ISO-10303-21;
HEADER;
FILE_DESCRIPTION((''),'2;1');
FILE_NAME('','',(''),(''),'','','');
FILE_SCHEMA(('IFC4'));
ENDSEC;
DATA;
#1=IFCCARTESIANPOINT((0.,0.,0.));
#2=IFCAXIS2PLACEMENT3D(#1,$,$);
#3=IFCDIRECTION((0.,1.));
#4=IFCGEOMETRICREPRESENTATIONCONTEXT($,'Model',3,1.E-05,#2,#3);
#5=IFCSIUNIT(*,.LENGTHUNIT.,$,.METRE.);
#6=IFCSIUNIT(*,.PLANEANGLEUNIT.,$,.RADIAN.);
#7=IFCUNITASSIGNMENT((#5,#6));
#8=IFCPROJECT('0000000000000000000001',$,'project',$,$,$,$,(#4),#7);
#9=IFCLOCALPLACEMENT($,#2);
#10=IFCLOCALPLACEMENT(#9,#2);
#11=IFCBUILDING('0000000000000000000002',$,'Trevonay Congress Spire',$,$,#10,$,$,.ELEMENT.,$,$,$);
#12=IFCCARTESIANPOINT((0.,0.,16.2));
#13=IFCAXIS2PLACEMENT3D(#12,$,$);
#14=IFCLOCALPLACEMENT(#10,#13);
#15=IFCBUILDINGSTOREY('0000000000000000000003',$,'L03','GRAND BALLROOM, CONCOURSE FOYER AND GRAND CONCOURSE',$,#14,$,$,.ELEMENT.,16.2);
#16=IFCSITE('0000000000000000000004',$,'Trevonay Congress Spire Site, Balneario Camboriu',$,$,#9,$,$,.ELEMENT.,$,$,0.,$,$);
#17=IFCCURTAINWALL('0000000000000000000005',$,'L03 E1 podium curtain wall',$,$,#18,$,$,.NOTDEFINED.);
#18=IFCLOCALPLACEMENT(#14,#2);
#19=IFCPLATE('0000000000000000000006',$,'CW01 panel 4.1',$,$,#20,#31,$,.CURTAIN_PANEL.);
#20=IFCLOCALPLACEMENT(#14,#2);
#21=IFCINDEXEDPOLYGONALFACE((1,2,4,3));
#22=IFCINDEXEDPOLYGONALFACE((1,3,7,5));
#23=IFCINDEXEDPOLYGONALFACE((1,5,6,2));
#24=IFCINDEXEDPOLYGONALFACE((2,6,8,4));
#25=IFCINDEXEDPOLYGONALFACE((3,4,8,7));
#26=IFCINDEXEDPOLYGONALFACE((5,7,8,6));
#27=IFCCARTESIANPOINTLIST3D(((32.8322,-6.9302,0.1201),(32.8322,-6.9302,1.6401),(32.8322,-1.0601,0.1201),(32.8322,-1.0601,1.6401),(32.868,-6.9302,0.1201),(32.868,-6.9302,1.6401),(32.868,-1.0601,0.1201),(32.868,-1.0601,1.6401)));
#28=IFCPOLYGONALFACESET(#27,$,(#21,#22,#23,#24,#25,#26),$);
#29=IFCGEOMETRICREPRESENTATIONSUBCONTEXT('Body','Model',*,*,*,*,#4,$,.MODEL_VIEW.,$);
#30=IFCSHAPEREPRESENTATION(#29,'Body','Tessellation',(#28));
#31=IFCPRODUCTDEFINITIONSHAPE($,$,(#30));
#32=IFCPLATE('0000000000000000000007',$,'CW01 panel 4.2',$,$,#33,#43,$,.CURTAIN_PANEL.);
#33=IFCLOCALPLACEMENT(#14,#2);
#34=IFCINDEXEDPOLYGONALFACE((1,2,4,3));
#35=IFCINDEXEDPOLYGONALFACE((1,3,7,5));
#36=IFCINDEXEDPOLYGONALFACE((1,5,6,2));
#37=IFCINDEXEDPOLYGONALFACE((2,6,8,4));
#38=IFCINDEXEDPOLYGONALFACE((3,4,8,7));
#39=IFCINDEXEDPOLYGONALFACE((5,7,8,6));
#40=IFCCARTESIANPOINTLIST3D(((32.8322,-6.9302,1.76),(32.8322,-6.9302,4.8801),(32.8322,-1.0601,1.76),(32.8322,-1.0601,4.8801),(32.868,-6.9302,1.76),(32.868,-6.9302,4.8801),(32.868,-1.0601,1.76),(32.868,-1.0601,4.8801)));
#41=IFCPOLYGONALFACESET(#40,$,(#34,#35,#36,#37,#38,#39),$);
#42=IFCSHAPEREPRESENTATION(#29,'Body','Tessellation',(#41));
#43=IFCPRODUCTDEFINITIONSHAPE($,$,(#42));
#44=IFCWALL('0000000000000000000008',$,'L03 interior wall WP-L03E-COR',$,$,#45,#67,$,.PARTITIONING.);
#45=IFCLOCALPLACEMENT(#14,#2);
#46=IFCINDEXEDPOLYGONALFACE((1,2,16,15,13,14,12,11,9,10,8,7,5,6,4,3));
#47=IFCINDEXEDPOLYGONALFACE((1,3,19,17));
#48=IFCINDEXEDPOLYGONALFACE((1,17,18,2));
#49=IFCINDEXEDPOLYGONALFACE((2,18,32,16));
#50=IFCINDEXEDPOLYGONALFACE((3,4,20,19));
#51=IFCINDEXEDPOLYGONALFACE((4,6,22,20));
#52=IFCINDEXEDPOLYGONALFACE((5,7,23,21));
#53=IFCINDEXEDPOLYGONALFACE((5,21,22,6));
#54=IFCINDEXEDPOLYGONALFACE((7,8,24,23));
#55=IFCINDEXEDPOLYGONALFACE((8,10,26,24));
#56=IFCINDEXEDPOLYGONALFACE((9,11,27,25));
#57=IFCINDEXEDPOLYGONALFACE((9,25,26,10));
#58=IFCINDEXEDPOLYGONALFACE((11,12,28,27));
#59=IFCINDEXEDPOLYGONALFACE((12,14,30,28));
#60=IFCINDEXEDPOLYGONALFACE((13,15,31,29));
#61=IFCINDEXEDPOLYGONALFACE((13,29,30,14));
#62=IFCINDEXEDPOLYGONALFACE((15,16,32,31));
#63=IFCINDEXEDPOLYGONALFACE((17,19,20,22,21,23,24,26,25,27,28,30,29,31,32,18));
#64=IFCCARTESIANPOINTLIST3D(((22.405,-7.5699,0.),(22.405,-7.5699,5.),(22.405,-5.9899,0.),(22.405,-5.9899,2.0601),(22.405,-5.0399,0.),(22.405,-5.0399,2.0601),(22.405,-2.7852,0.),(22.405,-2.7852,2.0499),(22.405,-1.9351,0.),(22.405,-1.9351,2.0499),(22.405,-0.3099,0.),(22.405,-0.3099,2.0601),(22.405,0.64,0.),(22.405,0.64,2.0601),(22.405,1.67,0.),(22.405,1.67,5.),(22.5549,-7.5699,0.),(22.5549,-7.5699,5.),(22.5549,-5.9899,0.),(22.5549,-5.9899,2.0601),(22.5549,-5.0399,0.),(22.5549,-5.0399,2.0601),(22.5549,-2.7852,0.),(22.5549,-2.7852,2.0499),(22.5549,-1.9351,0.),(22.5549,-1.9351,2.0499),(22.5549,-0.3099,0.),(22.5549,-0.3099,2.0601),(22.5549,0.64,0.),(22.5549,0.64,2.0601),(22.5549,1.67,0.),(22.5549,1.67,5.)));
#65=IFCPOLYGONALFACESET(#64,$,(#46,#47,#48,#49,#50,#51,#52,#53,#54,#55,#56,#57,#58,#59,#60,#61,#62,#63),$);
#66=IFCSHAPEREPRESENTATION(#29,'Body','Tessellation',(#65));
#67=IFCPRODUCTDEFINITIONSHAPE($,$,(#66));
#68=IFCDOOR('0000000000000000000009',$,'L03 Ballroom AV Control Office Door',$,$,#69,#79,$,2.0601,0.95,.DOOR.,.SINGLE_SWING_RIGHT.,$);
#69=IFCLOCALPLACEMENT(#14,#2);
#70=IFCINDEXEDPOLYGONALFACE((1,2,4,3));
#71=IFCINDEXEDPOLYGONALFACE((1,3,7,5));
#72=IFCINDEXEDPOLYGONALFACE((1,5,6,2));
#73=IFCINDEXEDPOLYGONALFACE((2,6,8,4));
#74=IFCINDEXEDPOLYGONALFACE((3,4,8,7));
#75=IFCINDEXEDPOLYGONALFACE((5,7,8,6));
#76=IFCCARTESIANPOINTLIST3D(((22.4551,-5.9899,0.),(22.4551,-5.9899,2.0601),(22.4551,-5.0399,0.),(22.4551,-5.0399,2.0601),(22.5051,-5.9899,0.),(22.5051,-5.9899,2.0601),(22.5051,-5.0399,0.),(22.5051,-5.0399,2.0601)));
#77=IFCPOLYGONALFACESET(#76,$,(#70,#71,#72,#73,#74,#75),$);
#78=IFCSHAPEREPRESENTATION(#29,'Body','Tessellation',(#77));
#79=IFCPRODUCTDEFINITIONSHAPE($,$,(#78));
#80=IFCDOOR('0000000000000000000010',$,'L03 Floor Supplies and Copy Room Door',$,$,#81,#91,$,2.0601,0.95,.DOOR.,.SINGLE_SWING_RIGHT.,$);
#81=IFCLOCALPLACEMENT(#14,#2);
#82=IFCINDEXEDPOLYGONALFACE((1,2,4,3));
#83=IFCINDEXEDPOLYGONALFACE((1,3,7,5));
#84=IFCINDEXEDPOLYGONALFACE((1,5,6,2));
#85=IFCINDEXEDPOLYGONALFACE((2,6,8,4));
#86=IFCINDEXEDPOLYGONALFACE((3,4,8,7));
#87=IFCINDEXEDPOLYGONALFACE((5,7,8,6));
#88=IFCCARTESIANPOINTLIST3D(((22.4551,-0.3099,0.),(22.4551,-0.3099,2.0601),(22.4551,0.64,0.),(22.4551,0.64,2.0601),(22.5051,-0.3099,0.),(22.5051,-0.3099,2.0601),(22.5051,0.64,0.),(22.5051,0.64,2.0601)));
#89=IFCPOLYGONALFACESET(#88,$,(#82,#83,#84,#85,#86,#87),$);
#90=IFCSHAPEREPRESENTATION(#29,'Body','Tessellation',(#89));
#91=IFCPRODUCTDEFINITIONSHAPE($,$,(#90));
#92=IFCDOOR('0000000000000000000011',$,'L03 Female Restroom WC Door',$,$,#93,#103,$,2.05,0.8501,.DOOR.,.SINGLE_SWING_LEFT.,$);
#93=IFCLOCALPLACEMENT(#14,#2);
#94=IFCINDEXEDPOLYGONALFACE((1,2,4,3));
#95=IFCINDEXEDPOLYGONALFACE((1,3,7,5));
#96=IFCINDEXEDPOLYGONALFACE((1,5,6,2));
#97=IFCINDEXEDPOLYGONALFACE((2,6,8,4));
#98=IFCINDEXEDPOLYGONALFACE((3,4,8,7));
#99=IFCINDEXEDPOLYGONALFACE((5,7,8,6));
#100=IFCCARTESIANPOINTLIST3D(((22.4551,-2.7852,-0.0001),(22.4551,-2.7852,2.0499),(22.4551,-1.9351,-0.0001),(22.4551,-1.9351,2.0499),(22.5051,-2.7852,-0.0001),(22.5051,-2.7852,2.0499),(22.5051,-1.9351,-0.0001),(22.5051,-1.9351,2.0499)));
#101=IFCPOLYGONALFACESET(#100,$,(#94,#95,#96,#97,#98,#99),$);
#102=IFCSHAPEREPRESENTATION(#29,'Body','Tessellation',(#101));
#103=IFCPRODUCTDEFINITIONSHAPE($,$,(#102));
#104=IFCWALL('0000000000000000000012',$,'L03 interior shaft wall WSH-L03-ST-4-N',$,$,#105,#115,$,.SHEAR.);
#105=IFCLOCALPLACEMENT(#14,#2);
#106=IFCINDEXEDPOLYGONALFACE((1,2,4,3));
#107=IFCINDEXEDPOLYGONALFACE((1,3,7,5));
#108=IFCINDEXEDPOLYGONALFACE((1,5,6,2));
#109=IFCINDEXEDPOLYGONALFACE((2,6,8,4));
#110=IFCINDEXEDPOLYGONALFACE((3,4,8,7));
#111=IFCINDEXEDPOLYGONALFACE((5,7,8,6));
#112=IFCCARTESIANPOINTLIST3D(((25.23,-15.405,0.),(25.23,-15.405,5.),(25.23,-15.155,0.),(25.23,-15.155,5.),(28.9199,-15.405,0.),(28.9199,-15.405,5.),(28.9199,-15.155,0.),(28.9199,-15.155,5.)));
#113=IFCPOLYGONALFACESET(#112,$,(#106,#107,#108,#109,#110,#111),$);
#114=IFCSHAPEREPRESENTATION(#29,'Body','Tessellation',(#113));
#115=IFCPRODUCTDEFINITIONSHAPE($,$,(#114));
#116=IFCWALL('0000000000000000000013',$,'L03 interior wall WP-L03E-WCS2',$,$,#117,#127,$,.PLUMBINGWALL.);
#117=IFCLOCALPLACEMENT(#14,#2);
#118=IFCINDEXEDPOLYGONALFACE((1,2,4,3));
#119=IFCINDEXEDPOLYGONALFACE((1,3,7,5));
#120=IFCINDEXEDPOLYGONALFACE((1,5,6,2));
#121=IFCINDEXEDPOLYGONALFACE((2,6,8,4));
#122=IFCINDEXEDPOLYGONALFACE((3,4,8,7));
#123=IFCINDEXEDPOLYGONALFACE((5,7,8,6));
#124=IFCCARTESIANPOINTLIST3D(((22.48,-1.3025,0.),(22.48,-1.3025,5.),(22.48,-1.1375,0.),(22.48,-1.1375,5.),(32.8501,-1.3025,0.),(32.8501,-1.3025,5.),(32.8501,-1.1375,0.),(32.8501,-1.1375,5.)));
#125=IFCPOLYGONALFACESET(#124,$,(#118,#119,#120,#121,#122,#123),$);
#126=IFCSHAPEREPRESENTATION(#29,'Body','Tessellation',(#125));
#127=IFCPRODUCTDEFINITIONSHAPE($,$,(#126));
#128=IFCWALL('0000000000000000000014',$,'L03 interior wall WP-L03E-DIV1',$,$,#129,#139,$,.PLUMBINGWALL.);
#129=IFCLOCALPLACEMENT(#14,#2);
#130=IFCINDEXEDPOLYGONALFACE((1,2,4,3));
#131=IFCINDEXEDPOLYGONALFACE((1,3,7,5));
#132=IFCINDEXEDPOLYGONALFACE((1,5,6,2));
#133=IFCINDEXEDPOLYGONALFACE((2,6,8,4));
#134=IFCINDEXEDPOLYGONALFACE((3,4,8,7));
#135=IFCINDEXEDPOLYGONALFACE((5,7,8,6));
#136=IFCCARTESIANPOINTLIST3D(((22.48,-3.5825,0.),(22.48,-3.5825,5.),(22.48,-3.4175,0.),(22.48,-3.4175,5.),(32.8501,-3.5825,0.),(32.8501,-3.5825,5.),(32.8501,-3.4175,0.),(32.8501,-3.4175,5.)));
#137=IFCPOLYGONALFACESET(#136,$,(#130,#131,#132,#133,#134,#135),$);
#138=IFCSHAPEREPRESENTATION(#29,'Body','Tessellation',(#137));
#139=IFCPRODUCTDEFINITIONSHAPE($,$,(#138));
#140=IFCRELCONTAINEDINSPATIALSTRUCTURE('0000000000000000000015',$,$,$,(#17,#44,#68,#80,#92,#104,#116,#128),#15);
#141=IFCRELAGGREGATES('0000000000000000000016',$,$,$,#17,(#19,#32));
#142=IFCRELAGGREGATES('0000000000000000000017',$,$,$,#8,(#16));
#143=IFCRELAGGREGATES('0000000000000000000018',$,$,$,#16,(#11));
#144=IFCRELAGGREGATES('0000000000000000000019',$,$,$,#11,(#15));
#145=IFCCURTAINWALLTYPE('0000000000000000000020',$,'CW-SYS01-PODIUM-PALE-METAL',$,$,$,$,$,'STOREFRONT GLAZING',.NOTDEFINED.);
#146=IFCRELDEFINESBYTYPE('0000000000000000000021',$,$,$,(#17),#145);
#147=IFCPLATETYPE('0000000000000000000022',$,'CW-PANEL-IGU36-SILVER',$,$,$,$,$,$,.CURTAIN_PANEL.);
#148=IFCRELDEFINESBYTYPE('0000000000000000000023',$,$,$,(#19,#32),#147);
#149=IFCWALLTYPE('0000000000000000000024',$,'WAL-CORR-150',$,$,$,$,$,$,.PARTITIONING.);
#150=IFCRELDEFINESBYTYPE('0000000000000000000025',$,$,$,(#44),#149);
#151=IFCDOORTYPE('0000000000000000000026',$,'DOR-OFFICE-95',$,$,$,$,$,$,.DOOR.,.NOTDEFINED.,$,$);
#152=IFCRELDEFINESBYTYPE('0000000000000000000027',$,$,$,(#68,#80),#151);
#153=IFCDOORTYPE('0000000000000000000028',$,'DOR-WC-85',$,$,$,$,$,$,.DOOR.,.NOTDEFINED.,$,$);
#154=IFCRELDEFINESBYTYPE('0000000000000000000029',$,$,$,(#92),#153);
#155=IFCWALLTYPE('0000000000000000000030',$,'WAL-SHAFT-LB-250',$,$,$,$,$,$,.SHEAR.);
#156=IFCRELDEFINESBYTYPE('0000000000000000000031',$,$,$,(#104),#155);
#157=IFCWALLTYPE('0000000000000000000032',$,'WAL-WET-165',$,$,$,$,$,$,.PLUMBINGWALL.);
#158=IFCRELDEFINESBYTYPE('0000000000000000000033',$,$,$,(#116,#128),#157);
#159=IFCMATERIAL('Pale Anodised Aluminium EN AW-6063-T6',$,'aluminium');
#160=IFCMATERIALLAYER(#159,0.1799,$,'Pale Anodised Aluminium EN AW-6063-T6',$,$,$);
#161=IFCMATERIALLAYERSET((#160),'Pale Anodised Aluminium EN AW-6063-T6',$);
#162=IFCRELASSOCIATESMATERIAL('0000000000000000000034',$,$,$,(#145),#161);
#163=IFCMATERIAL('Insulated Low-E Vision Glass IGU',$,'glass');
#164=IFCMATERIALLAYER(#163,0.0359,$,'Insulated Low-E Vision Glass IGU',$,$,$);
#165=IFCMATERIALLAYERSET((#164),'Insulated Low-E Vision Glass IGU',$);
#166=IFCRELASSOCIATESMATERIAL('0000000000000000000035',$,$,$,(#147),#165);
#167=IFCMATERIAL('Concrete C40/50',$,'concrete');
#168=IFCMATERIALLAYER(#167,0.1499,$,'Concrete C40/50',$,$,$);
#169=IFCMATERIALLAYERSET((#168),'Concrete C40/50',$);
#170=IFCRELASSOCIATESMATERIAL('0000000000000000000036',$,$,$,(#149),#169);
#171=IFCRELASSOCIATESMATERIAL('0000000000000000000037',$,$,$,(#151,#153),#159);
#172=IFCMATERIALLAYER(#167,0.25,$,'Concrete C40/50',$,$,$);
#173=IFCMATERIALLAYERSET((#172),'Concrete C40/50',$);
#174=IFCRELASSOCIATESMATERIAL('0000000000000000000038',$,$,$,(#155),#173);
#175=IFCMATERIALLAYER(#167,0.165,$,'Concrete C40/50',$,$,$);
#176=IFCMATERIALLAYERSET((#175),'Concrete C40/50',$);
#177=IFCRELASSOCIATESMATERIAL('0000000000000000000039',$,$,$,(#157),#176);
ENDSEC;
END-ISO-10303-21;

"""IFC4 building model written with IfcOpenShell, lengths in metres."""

from ifc_helpers import new_model, si_unit, direction, frame, frame_2d, origin, origin_2d, place, context, subcontext, project, spatial, rectangle, extrude, material, layer, layer_set, type_object, element, fill, aggregate, save


model = new_model("IFC4")

# Units and contexts
model_context = context("Model", 3, precision=1e-05, world=origin(), true_north=direction((0.0, 1.0)))
body_context = subcontext(model_context, "Body", "Model", "MODEL_VIEW")
ifc_project = project(units=[si_unit("LENGTHUNIT", "METRE"), si_unit("PLANEANGLEUNIT", "RADIAN")], contexts=[model_context])

# Site, building, storey
site_placement = place(None, origin())
site = spatial("IfcSite", under=ifc_project, at=site_placement, Name="Trevonay Congress Spire Site, Balneario Camboriu", CompositionType="ELEMENT", RefElevation=0.0)
building_placement = place(site_placement, origin())
building = spatial("IfcBuilding", under=site, at=building_placement, Name="Trevonay Congress Spire", CompositionType="ELEMENT")
storey_placement = place(building_placement, frame((0.0, 0.0, 16.2)))
storey = spatial("IfcBuildingStorey", under=building, at=storey_placement, Name="L03", Description="GRAND BALLROOM, CONCOURSE FOYER AND GRAND CONCOURSE", CompositionType="ELEMENT", Elevation=16.2)

# Curtain wall, plates
ifc_material_1 = material(Name="Pale Anodised Aluminium EN AW-6063-T6", Category="aluminium")
ifc_layer_1 = layer(ifc_material_1, 0.1799, Name="Pale Anodised Aluminium EN AW-6063-T6")
ifc_layer_set_1 = layer_set([ifc_layer_1], Name="Pale Anodised Aluminium EN AW-6063-T6")
curtain_wall_type = type_object("IfcCurtainWallType", Name="CW-SYS01-PODIUM-PALE-METAL", ElementType="STOREFRONT GLAZING", PredefinedType="NOTDEFINED", material=ifc_layer_set_1)
curtain_wall_placement = place(storey_placement, origin())
curtain_wall = element("IfcCurtainWall", 1, at=curtain_wall_placement, inside=storey, type_object=curtain_wall_type, Name="L03 E1 podium curtain wall", PredefinedType="NOTDEFINED")
ifc_material_2 = material(Name="Insulated Low-E Vision Glass IGU", Category="glass")
ifc_layer_2 = layer(ifc_material_2, 0.0359, Name="Insulated Low-E Vision Glass IGU")
ifc_layer_set_2 = layer_set([ifc_layer_2], Name="Insulated Low-E Vision Glass IGU")
plate_type = type_object("IfcPlateType", Name="CW-PANEL-IGU36-SILVER", PredefinedType="CURTAIN_PANEL", material=ifc_layer_set_2)
plate_1_placement = place(storey_placement, frame((32.8501, -3.9951, 0.1201), z_axis=(0.0, 0.0, 1.0), x_axis=(0.0, 1.0, 0.0)))
plate_1 = element("IfcPlate", 2, at=plate_1_placement, type_object=plate_type, Name="CW01 panel 4.1", PredefinedType="CURTAIN_PANEL", context=body_context, shape_type="SweptSolid", body=[
    extrude(rectangle(XDim=5.8701, YDim=0.0359, at=origin_2d()), origin(), (0.0, 0.0, 1.0), 1.52),
])
plate_2_placement = place(storey_placement, frame((32.8501, -3.9951, 1.76), z_axis=(0.0, 0.0, 1.0), x_axis=(0.0, 1.0, 0.0)))
plate_2 = element("IfcPlate", 3, at=plate_2_placement, type_object=plate_type, Name="CW01 panel 4.2", PredefinedType="CURTAIN_PANEL", context=body_context, shape_type="SweptSolid", body=[
    extrude(rectangle(XDim=5.8701, YDim=0.0359, at=origin_2d()), origin(), (0.0, 0.0, 1.0), 3.1201),
])
aggregate(curtain_wall, [plate_1, plate_2])

# Wall, openings, doors
ifc_material_3 = material(Name="Concrete C40/50", Category="concrete")
ifc_layer_3 = layer(ifc_material_3, 0.1499, Name="Concrete C40/50")
ifc_layer_set_3 = layer_set([ifc_layer_3], Name="Concrete C40/50")
wall_type_1 = type_object("IfcWallType", Name="WAL-CORR-150", PredefinedType="PARTITIONING", material=ifc_layer_set_3)
wall_1_placement = place(storey_placement, frame((22.48, -7.5701, 0.0), z_axis=(0.0, 0.0, 1.0), x_axis=(0.0, 1.0, 0.0)))
wall_1 = element("IfcWall", 4, at=wall_1_placement, inside=storey, type_object=wall_type_1, Name="L03 interior wall WP-L03E-COR", PredefinedType="PARTITIONING", context=body_context, shape_type="SweptSolid", body=[
    extrude(rectangle(XDim=9.24, YDim=0.1499, at=frame_2d((4.6201, 0.0))), origin(), (0.0, 0.0, 1.0), 5.0),
])
opening_1_placement = place(wall_1_placement, frame((1.5801, 0.0, 0.0)))
opening_1 = element("IfcOpeningElement", 5, at=opening_1_placement, cuts=wall_1, PredefinedType="OPENING", context=body_context, shape_type="SweptSolid", body=[
    extrude(rectangle(XDim=0.95, YDim=2.0601, at=frame_2d((0.4751, 1.03))), frame((0.0, 0.085, 0.0), z_axis=(0.0, -1.0, 0.0), x_axis=(1.0, 0.0, 0.0)), (0.0, 0.0, 1.0), 0.1699),
])
opening_2_placement = place(wall_1_placement, frame((4.7849, 0.0, 0.0)))
opening_2 = element("IfcOpeningElement", 6, at=opening_2_placement, cuts=wall_1, PredefinedType="OPENING", context=body_context, shape_type="SweptSolid", body=[
    extrude(rectangle(XDim=0.8501, YDim=2.05, at=frame_2d((0.425, 1.0249))), frame((0.0, 0.085, 0.0), z_axis=(0.0, -1.0, 0.0), x_axis=(1.0, 0.0, 0.0)), (0.0, 0.0, 1.0), 0.1699),
])
opening_3_placement = place(wall_1_placement, frame((7.26, 0.0, 0.0)))
opening_3 = element("IfcOpeningElement", 7, at=opening_3_placement, cuts=wall_1, PredefinedType="OPENING", context=body_context, shape_type="SweptSolid", body=[
    extrude(rectangle(XDim=0.95, YDim=2.0601, at=frame_2d((0.4751, 1.03))), frame((0.0, 0.085, 0.0), z_axis=(0.0, -1.0, 0.0), x_axis=(1.0, 0.0, 0.0)), (0.0, 0.0, 1.0), 0.1699),
])
door_type_1 = type_object("IfcDoorType", Name="DOR-OFFICE-95", OperationType="NOTDEFINED", PredefinedType="DOOR", material=ifc_material_1)
door_1_placement = place(opening_1_placement, origin())
door_1 = element("IfcDoor", 8, at=door_1_placement, inside=storey, type_object=door_type_1, Name="L03 Ballroom AV Control Office Door", OperationType="SINGLE_SWING_RIGHT", OverallHeight=2.0601, OverallWidth=0.95, PredefinedType="DOOR", context=body_context, shape_type="SweptSolid", body=[
    extrude(rectangle(XDim=0.95, YDim=2.0601, at=frame_2d((0.4751, 1.03))), frame((0.0, 0.0249, 0.0), z_axis=(0.0, -1.0, 0.0), x_axis=(1.0, 0.0, 0.0)), (0.0, 0.0, 1.0), 0.05),
])
fill(opening_1, door_1)
door_2_placement = place(opening_3_placement, origin())
door_2 = element("IfcDoor", 9, at=door_2_placement, inside=storey, type_object=door_type_1, Name="L03 Floor Supplies and Copy Room Door", OperationType="SINGLE_SWING_RIGHT", OverallHeight=2.0601, OverallWidth=0.95, PredefinedType="DOOR", context=body_context, shape_type="SweptSolid", body=[
    extrude(rectangle(XDim=0.95, YDim=2.0601, at=frame_2d((0.4751, 1.03))), frame((0.0, 0.0249, 0.0), z_axis=(0.0, -1.0, 0.0), x_axis=(1.0, 0.0, 0.0)), (0.0, 0.0, 1.0), 0.05),
])
fill(opening_3, door_2)
door_type_2 = type_object("IfcDoorType", Name="DOR-WC-85", OperationType="NOTDEFINED", PredefinedType="DOOR", material=ifc_material_1)
door_3_placement = place(opening_2_placement, origin())
door_3 = element("IfcDoor", 10, at=door_3_placement, inside=storey, type_object=door_type_2, Name="L03 Female Restroom WC Door", OperationType="SINGLE_SWING_LEFT", OverallHeight=2.05, OverallWidth=0.8501, PredefinedType="DOOR", context=body_context, shape_type="SweptSolid", body=[
    extrude(rectangle(XDim=0.8501, YDim=2.05, at=frame_2d((0.425, 1.0249))), frame((0.0, 0.0249, 0.0), z_axis=(0.0, -1.0, 0.0), x_axis=(1.0, 0.0, 0.0)), (0.0, 0.0, 1.0), 0.05),
])
fill(opening_2, door_3)

# Walls
ifc_layer_4 = layer(ifc_material_3, 0.25, Name="Concrete C40/50")
ifc_layer_set_4 = layer_set([ifc_layer_4], Name="Concrete C40/50")
wall_type_2 = type_object("IfcWallType", Name="WAL-SHAFT-LB-250", PredefinedType="SHEAR", material=ifc_layer_set_4)
wall_2_placement = place(storey_placement, frame((25.23, -15.28, 0.0), z_axis=(0.0, 0.0, 1.0), x_axis=(1.0, 0.0, 0.0)))
element("IfcWall", 11, at=wall_2_placement, inside=storey, type_object=wall_type_2, Name="L03 interior shaft wall WSH-L03-ST-4-N", PredefinedType="SHEAR", context=body_context, shape_type="SweptSolid", body=[
    extrude(rectangle(XDim=3.6899, YDim=0.25, at=frame_2d((1.845, 0.0))), origin(), (0.0, 0.0, 1.0), 5.0),
])
ifc_layer_5 = layer(ifc_material_3, 0.165, Name="Concrete C40/50")
ifc_layer_set_5 = layer_set([ifc_layer_5], Name="Concrete C40/50")
wall_type_3 = type_object("IfcWallType", Name="WAL-WET-165", PredefinedType="PLUMBINGWALL", material=ifc_layer_set_5)
for number, where, z_axis, x_axis, name in (
    (12, (22.48, -1.22, 0.0), (0.0, 0.0, 1.0), (1.0, 0.0, 0.0), "L03 interior wall WP-L03E-WCS2"),
    (13, (22.48, -3.5, 0.0), (0.0, 0.0, 1.0), (1.0, 0.0, 0.0), "L03 interior wall WP-L03E-DIV1"),
):
    element("IfcWall", number, at=place(storey_placement, frame(where, z_axis=z_axis, x_axis=x_axis)), inside=storey, type_object=wall_type_3, Name=name, PredefinedType="PLUMBINGWALL", context=body_context, shape_type="SweptSolid", body=[
        extrude(rectangle(XDim=10.3701, YDim=0.165, at=frame_2d((5.1851, 0.0))), origin(), (0.0, 0.0, 1.0), 5.0),
    ])

save(model, "model.ifc")
